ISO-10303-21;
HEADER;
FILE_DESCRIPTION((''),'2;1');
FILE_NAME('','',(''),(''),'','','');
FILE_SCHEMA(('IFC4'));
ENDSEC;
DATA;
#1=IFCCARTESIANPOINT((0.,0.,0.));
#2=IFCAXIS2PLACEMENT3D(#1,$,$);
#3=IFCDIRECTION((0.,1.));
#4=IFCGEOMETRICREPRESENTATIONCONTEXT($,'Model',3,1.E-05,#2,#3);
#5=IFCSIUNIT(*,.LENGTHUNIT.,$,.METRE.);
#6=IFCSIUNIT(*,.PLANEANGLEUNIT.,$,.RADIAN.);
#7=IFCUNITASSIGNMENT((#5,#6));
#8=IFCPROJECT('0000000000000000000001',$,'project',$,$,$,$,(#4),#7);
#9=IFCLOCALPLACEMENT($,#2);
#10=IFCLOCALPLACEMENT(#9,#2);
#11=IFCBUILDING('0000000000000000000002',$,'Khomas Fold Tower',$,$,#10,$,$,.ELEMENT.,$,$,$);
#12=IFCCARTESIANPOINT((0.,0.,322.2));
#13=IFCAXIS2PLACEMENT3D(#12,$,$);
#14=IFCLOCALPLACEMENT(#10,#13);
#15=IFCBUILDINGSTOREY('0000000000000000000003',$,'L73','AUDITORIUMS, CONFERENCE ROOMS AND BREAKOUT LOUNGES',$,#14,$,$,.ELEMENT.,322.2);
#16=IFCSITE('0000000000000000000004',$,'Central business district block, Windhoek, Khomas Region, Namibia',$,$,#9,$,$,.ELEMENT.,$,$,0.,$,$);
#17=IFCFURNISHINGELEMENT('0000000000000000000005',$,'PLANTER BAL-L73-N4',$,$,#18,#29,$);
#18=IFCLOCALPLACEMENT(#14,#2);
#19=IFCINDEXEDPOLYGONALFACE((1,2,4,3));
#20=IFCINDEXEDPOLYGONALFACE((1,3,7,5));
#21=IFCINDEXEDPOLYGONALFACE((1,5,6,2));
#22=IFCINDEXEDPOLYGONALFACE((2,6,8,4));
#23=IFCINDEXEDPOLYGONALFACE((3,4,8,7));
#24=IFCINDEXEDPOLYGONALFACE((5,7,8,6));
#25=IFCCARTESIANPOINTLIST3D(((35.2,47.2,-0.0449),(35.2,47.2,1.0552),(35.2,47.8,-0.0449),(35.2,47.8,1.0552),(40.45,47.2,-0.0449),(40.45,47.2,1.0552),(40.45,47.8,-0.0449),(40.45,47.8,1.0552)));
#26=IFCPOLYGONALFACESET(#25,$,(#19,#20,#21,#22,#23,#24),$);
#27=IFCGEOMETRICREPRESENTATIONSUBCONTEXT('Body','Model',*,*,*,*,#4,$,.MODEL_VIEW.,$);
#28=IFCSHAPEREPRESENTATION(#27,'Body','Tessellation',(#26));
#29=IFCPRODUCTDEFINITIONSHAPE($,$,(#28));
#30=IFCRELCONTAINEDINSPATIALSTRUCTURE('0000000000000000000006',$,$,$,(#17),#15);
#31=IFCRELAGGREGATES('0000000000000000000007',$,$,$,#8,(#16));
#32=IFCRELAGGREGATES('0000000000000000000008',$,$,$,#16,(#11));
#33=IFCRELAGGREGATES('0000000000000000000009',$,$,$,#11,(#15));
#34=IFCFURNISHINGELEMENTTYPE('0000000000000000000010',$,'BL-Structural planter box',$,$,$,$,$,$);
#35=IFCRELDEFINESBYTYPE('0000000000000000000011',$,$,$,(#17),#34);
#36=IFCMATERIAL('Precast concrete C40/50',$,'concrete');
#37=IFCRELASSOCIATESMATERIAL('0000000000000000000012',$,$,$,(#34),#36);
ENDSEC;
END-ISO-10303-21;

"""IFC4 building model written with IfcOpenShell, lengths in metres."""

from ifc_helpers import new_model, si_unit, direction, frame, origin, origin_2d, place, context, subcontext, project, spatial, rectangle, extrude, source, transform, mapped, material, type_object, element, save


model = new_model("IFC4")

# Units and contexts
model_context = context("Model", 3, precision=1e-05, world=origin(), true_north=direction((0.0, 1.0)))
body_context = subcontext(model_context, "Body", "Model", "MODEL_VIEW")
ifc_project = project(units=[si_unit("LENGTHUNIT", "METRE"), si_unit("PLANEANGLEUNIT", "RADIAN")], contexts=[model_context])

# Site, building, storey
site_placement = place(None, origin())
site = spatial("IfcSite", under=ifc_project, at=site_placement, Name="Central business district block, Windhoek, Khomas Region, Namibia", CompositionType="ELEMENT", RefElevation=0.0)
building_placement = place(site_placement, origin())
building = spatial("IfcBuilding", under=site, at=building_placement, Name="Khomas Fold Tower", CompositionType="ELEMENT")
storey_placement = place(building_placement, frame((0.0, 0.0, 322.2)))
storey = spatial("IfcBuildingStorey", under=building, at=storey_placement, Name="L73", Description="AUDITORIUMS, CONFERENCE ROOMS AND BREAKOUT LOUNGES", CompositionType="ELEMENT", Elevation=322.2)

# Furnishing element
ifc_material_1 = material(Name="Precast concrete C40/50", Category="concrete")
furnishing_element_type_1 = type_object("IfcFurnishingElementType", Name="BL-Structural planter box", material=ifc_material_1)
shared_shape_1 = source(origin(), body_context, "Body", "SweptSolid", [
    extrude(rectangle(XDim=5.25, YDim=0.6001, at=origin_2d()), origin(), (0.0, 0.0, 1.0), 1.1001),
])
furnishing_1_placement = place(storey_placement, frame((37.825, 47.5, -0.0449), z_axis=(0.0, 0.0, 1.0), x_axis=(1.0, 0.0, 0.0)))
element("IfcFurnishingElement", 1, at=furnishing_1_placement, inside=storey, type_object=furnishing_element_type_1, Name="PLANTER BAL-L73-N4", context=body_context, shape_type="MappedRepresentation", body=[
    mapped(shared_shape_1, transform((0.0, 0.0, 0.0))),
])

save(model, "model.ifc")
